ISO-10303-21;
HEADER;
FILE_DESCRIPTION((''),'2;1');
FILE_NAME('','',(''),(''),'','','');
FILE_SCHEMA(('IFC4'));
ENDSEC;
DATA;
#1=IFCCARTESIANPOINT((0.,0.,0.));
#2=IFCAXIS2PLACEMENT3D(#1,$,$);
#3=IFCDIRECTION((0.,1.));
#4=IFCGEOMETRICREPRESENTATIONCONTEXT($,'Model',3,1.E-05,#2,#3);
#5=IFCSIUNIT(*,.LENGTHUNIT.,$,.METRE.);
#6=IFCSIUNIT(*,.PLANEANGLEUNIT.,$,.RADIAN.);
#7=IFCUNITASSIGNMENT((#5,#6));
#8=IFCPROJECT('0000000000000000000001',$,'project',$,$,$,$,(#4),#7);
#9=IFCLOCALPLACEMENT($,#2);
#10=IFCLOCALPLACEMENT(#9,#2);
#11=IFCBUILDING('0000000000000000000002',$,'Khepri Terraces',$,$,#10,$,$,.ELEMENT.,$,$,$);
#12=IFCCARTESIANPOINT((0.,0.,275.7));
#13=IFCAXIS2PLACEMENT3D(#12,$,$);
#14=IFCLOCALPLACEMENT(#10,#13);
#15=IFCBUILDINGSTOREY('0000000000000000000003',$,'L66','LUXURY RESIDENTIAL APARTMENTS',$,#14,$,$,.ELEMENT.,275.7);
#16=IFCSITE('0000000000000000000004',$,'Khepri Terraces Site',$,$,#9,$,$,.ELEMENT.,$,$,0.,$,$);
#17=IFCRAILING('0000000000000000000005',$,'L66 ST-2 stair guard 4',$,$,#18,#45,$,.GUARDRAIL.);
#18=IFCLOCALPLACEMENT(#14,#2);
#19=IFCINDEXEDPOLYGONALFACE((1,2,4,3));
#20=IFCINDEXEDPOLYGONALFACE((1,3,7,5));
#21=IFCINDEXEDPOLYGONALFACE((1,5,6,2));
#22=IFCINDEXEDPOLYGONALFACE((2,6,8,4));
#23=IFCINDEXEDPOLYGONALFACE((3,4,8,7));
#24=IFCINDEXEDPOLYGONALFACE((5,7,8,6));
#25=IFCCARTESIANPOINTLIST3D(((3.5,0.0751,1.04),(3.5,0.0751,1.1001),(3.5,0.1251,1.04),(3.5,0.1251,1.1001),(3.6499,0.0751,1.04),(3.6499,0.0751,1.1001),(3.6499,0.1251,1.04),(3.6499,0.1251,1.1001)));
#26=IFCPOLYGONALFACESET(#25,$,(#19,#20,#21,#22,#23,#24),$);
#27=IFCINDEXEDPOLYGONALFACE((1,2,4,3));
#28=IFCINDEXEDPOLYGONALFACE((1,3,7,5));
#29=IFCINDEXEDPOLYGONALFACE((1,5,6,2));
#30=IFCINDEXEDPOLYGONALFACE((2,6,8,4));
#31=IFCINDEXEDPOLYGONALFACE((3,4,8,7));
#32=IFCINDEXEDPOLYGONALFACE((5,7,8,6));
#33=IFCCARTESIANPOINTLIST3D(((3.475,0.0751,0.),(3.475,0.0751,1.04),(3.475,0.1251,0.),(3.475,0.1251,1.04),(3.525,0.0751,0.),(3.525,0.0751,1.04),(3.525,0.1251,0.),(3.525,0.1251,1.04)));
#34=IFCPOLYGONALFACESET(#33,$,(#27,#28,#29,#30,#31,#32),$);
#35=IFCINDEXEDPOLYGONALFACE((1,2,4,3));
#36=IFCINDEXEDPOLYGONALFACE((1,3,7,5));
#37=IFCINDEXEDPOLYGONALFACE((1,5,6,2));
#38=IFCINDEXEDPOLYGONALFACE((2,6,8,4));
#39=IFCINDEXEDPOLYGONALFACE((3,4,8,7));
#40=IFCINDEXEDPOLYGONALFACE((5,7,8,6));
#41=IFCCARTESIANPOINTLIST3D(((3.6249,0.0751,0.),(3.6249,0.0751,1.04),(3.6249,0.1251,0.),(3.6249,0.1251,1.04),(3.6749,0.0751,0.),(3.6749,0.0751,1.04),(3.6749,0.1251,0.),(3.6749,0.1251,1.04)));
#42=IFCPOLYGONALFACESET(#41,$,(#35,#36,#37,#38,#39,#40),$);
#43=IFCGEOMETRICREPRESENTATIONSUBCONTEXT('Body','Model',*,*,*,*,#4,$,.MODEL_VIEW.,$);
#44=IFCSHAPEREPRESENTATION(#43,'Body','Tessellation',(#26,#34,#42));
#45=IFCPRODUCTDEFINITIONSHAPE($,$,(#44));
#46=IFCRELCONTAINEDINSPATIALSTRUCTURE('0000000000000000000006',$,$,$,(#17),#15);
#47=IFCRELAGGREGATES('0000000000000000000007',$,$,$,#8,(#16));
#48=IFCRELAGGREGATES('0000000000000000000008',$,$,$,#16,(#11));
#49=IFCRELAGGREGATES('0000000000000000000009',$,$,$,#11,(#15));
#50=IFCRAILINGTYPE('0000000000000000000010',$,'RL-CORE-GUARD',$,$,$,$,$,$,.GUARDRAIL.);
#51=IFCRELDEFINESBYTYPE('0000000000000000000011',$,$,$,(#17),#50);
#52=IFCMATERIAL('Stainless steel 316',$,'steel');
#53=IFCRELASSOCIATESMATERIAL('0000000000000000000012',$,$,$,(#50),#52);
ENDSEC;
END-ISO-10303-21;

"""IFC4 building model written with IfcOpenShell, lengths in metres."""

from ifc_helpers import new_model, si_unit, direction, frame, origin, origin_2d, place, context, subcontext, project, spatial, rectangle, extrude, material, type_object, element, save


model = new_model("IFC4")

# Units and contexts
model_context = context("Model", 3, precision=1e-05, world=origin(), true_north=direction((0.0, 1.0)))
body_context = subcontext(model_context, "Body", "Model", "MODEL_VIEW")
ifc_project = project(units=[si_unit("LENGTHUNIT", "METRE"), si_unit("PLANEANGLEUNIT", "RADIAN")], contexts=[model_context])

# Site, building, storey
site_placement = place(None, origin())
site = spatial("IfcSite", under=ifc_project, at=site_placement, Name="Khepri Terraces Site", CompositionType="ELEMENT", RefElevation=0.0)
building_placement = place(site_placement, origin())
building = spatial("IfcBuilding", under=site, at=building_placement, Name="Khepri Terraces", CompositionType="ELEMENT")
storey_placement = place(building_placement, frame((0.0, 0.0, 275.7)))
storey = spatial("IfcBuildingStorey", under=building, at=storey_placement, Name="L66", Description="LUXURY RESIDENTIAL APARTMENTS", CompositionType="ELEMENT", Elevation=275.7)

# Railing
ifc_material_1 = material(Name="Stainless steel 316", Category="steel")
railing_type = type_object("IfcRailingType", Name="RL-CORE-GUARD", PredefinedType="GUARDRAIL", material=ifc_material_1)
railing_placement = place(storey_placement, frame((3.5, 0.1001, 0.0)))
element("IfcRailing", 1, at=railing_placement, inside=storey, type_object=railing_type, Name="L66 ST-2 stair guard 4", PredefinedType="GUARDRAIL", context=body_context, shape_type="SweptSolid", body=[
    extrude(rectangle(XDim=0.05, YDim=0.0601, at=origin_2d()), frame((0.0, 0.0, 1.0701), z_axis=(1.0, 0.0, 0.0), x_axis=(0.0, 1.0, 0.0)), (0.0, 0.0, 1.0), 0.1499),
    extrude(rectangle(XDim=0.05, YDim=0.05, at=origin_2d()), origin(), (0.0, 0.0, 1.0), 1.04),
    extrude(rectangle(XDim=0.05, YDim=0.05, at=origin_2d()), frame((0.1499, 0.0, 0.0)), (0.0, 0.0, 1.0), 1.04),
])

save(model, "model.ifc")
